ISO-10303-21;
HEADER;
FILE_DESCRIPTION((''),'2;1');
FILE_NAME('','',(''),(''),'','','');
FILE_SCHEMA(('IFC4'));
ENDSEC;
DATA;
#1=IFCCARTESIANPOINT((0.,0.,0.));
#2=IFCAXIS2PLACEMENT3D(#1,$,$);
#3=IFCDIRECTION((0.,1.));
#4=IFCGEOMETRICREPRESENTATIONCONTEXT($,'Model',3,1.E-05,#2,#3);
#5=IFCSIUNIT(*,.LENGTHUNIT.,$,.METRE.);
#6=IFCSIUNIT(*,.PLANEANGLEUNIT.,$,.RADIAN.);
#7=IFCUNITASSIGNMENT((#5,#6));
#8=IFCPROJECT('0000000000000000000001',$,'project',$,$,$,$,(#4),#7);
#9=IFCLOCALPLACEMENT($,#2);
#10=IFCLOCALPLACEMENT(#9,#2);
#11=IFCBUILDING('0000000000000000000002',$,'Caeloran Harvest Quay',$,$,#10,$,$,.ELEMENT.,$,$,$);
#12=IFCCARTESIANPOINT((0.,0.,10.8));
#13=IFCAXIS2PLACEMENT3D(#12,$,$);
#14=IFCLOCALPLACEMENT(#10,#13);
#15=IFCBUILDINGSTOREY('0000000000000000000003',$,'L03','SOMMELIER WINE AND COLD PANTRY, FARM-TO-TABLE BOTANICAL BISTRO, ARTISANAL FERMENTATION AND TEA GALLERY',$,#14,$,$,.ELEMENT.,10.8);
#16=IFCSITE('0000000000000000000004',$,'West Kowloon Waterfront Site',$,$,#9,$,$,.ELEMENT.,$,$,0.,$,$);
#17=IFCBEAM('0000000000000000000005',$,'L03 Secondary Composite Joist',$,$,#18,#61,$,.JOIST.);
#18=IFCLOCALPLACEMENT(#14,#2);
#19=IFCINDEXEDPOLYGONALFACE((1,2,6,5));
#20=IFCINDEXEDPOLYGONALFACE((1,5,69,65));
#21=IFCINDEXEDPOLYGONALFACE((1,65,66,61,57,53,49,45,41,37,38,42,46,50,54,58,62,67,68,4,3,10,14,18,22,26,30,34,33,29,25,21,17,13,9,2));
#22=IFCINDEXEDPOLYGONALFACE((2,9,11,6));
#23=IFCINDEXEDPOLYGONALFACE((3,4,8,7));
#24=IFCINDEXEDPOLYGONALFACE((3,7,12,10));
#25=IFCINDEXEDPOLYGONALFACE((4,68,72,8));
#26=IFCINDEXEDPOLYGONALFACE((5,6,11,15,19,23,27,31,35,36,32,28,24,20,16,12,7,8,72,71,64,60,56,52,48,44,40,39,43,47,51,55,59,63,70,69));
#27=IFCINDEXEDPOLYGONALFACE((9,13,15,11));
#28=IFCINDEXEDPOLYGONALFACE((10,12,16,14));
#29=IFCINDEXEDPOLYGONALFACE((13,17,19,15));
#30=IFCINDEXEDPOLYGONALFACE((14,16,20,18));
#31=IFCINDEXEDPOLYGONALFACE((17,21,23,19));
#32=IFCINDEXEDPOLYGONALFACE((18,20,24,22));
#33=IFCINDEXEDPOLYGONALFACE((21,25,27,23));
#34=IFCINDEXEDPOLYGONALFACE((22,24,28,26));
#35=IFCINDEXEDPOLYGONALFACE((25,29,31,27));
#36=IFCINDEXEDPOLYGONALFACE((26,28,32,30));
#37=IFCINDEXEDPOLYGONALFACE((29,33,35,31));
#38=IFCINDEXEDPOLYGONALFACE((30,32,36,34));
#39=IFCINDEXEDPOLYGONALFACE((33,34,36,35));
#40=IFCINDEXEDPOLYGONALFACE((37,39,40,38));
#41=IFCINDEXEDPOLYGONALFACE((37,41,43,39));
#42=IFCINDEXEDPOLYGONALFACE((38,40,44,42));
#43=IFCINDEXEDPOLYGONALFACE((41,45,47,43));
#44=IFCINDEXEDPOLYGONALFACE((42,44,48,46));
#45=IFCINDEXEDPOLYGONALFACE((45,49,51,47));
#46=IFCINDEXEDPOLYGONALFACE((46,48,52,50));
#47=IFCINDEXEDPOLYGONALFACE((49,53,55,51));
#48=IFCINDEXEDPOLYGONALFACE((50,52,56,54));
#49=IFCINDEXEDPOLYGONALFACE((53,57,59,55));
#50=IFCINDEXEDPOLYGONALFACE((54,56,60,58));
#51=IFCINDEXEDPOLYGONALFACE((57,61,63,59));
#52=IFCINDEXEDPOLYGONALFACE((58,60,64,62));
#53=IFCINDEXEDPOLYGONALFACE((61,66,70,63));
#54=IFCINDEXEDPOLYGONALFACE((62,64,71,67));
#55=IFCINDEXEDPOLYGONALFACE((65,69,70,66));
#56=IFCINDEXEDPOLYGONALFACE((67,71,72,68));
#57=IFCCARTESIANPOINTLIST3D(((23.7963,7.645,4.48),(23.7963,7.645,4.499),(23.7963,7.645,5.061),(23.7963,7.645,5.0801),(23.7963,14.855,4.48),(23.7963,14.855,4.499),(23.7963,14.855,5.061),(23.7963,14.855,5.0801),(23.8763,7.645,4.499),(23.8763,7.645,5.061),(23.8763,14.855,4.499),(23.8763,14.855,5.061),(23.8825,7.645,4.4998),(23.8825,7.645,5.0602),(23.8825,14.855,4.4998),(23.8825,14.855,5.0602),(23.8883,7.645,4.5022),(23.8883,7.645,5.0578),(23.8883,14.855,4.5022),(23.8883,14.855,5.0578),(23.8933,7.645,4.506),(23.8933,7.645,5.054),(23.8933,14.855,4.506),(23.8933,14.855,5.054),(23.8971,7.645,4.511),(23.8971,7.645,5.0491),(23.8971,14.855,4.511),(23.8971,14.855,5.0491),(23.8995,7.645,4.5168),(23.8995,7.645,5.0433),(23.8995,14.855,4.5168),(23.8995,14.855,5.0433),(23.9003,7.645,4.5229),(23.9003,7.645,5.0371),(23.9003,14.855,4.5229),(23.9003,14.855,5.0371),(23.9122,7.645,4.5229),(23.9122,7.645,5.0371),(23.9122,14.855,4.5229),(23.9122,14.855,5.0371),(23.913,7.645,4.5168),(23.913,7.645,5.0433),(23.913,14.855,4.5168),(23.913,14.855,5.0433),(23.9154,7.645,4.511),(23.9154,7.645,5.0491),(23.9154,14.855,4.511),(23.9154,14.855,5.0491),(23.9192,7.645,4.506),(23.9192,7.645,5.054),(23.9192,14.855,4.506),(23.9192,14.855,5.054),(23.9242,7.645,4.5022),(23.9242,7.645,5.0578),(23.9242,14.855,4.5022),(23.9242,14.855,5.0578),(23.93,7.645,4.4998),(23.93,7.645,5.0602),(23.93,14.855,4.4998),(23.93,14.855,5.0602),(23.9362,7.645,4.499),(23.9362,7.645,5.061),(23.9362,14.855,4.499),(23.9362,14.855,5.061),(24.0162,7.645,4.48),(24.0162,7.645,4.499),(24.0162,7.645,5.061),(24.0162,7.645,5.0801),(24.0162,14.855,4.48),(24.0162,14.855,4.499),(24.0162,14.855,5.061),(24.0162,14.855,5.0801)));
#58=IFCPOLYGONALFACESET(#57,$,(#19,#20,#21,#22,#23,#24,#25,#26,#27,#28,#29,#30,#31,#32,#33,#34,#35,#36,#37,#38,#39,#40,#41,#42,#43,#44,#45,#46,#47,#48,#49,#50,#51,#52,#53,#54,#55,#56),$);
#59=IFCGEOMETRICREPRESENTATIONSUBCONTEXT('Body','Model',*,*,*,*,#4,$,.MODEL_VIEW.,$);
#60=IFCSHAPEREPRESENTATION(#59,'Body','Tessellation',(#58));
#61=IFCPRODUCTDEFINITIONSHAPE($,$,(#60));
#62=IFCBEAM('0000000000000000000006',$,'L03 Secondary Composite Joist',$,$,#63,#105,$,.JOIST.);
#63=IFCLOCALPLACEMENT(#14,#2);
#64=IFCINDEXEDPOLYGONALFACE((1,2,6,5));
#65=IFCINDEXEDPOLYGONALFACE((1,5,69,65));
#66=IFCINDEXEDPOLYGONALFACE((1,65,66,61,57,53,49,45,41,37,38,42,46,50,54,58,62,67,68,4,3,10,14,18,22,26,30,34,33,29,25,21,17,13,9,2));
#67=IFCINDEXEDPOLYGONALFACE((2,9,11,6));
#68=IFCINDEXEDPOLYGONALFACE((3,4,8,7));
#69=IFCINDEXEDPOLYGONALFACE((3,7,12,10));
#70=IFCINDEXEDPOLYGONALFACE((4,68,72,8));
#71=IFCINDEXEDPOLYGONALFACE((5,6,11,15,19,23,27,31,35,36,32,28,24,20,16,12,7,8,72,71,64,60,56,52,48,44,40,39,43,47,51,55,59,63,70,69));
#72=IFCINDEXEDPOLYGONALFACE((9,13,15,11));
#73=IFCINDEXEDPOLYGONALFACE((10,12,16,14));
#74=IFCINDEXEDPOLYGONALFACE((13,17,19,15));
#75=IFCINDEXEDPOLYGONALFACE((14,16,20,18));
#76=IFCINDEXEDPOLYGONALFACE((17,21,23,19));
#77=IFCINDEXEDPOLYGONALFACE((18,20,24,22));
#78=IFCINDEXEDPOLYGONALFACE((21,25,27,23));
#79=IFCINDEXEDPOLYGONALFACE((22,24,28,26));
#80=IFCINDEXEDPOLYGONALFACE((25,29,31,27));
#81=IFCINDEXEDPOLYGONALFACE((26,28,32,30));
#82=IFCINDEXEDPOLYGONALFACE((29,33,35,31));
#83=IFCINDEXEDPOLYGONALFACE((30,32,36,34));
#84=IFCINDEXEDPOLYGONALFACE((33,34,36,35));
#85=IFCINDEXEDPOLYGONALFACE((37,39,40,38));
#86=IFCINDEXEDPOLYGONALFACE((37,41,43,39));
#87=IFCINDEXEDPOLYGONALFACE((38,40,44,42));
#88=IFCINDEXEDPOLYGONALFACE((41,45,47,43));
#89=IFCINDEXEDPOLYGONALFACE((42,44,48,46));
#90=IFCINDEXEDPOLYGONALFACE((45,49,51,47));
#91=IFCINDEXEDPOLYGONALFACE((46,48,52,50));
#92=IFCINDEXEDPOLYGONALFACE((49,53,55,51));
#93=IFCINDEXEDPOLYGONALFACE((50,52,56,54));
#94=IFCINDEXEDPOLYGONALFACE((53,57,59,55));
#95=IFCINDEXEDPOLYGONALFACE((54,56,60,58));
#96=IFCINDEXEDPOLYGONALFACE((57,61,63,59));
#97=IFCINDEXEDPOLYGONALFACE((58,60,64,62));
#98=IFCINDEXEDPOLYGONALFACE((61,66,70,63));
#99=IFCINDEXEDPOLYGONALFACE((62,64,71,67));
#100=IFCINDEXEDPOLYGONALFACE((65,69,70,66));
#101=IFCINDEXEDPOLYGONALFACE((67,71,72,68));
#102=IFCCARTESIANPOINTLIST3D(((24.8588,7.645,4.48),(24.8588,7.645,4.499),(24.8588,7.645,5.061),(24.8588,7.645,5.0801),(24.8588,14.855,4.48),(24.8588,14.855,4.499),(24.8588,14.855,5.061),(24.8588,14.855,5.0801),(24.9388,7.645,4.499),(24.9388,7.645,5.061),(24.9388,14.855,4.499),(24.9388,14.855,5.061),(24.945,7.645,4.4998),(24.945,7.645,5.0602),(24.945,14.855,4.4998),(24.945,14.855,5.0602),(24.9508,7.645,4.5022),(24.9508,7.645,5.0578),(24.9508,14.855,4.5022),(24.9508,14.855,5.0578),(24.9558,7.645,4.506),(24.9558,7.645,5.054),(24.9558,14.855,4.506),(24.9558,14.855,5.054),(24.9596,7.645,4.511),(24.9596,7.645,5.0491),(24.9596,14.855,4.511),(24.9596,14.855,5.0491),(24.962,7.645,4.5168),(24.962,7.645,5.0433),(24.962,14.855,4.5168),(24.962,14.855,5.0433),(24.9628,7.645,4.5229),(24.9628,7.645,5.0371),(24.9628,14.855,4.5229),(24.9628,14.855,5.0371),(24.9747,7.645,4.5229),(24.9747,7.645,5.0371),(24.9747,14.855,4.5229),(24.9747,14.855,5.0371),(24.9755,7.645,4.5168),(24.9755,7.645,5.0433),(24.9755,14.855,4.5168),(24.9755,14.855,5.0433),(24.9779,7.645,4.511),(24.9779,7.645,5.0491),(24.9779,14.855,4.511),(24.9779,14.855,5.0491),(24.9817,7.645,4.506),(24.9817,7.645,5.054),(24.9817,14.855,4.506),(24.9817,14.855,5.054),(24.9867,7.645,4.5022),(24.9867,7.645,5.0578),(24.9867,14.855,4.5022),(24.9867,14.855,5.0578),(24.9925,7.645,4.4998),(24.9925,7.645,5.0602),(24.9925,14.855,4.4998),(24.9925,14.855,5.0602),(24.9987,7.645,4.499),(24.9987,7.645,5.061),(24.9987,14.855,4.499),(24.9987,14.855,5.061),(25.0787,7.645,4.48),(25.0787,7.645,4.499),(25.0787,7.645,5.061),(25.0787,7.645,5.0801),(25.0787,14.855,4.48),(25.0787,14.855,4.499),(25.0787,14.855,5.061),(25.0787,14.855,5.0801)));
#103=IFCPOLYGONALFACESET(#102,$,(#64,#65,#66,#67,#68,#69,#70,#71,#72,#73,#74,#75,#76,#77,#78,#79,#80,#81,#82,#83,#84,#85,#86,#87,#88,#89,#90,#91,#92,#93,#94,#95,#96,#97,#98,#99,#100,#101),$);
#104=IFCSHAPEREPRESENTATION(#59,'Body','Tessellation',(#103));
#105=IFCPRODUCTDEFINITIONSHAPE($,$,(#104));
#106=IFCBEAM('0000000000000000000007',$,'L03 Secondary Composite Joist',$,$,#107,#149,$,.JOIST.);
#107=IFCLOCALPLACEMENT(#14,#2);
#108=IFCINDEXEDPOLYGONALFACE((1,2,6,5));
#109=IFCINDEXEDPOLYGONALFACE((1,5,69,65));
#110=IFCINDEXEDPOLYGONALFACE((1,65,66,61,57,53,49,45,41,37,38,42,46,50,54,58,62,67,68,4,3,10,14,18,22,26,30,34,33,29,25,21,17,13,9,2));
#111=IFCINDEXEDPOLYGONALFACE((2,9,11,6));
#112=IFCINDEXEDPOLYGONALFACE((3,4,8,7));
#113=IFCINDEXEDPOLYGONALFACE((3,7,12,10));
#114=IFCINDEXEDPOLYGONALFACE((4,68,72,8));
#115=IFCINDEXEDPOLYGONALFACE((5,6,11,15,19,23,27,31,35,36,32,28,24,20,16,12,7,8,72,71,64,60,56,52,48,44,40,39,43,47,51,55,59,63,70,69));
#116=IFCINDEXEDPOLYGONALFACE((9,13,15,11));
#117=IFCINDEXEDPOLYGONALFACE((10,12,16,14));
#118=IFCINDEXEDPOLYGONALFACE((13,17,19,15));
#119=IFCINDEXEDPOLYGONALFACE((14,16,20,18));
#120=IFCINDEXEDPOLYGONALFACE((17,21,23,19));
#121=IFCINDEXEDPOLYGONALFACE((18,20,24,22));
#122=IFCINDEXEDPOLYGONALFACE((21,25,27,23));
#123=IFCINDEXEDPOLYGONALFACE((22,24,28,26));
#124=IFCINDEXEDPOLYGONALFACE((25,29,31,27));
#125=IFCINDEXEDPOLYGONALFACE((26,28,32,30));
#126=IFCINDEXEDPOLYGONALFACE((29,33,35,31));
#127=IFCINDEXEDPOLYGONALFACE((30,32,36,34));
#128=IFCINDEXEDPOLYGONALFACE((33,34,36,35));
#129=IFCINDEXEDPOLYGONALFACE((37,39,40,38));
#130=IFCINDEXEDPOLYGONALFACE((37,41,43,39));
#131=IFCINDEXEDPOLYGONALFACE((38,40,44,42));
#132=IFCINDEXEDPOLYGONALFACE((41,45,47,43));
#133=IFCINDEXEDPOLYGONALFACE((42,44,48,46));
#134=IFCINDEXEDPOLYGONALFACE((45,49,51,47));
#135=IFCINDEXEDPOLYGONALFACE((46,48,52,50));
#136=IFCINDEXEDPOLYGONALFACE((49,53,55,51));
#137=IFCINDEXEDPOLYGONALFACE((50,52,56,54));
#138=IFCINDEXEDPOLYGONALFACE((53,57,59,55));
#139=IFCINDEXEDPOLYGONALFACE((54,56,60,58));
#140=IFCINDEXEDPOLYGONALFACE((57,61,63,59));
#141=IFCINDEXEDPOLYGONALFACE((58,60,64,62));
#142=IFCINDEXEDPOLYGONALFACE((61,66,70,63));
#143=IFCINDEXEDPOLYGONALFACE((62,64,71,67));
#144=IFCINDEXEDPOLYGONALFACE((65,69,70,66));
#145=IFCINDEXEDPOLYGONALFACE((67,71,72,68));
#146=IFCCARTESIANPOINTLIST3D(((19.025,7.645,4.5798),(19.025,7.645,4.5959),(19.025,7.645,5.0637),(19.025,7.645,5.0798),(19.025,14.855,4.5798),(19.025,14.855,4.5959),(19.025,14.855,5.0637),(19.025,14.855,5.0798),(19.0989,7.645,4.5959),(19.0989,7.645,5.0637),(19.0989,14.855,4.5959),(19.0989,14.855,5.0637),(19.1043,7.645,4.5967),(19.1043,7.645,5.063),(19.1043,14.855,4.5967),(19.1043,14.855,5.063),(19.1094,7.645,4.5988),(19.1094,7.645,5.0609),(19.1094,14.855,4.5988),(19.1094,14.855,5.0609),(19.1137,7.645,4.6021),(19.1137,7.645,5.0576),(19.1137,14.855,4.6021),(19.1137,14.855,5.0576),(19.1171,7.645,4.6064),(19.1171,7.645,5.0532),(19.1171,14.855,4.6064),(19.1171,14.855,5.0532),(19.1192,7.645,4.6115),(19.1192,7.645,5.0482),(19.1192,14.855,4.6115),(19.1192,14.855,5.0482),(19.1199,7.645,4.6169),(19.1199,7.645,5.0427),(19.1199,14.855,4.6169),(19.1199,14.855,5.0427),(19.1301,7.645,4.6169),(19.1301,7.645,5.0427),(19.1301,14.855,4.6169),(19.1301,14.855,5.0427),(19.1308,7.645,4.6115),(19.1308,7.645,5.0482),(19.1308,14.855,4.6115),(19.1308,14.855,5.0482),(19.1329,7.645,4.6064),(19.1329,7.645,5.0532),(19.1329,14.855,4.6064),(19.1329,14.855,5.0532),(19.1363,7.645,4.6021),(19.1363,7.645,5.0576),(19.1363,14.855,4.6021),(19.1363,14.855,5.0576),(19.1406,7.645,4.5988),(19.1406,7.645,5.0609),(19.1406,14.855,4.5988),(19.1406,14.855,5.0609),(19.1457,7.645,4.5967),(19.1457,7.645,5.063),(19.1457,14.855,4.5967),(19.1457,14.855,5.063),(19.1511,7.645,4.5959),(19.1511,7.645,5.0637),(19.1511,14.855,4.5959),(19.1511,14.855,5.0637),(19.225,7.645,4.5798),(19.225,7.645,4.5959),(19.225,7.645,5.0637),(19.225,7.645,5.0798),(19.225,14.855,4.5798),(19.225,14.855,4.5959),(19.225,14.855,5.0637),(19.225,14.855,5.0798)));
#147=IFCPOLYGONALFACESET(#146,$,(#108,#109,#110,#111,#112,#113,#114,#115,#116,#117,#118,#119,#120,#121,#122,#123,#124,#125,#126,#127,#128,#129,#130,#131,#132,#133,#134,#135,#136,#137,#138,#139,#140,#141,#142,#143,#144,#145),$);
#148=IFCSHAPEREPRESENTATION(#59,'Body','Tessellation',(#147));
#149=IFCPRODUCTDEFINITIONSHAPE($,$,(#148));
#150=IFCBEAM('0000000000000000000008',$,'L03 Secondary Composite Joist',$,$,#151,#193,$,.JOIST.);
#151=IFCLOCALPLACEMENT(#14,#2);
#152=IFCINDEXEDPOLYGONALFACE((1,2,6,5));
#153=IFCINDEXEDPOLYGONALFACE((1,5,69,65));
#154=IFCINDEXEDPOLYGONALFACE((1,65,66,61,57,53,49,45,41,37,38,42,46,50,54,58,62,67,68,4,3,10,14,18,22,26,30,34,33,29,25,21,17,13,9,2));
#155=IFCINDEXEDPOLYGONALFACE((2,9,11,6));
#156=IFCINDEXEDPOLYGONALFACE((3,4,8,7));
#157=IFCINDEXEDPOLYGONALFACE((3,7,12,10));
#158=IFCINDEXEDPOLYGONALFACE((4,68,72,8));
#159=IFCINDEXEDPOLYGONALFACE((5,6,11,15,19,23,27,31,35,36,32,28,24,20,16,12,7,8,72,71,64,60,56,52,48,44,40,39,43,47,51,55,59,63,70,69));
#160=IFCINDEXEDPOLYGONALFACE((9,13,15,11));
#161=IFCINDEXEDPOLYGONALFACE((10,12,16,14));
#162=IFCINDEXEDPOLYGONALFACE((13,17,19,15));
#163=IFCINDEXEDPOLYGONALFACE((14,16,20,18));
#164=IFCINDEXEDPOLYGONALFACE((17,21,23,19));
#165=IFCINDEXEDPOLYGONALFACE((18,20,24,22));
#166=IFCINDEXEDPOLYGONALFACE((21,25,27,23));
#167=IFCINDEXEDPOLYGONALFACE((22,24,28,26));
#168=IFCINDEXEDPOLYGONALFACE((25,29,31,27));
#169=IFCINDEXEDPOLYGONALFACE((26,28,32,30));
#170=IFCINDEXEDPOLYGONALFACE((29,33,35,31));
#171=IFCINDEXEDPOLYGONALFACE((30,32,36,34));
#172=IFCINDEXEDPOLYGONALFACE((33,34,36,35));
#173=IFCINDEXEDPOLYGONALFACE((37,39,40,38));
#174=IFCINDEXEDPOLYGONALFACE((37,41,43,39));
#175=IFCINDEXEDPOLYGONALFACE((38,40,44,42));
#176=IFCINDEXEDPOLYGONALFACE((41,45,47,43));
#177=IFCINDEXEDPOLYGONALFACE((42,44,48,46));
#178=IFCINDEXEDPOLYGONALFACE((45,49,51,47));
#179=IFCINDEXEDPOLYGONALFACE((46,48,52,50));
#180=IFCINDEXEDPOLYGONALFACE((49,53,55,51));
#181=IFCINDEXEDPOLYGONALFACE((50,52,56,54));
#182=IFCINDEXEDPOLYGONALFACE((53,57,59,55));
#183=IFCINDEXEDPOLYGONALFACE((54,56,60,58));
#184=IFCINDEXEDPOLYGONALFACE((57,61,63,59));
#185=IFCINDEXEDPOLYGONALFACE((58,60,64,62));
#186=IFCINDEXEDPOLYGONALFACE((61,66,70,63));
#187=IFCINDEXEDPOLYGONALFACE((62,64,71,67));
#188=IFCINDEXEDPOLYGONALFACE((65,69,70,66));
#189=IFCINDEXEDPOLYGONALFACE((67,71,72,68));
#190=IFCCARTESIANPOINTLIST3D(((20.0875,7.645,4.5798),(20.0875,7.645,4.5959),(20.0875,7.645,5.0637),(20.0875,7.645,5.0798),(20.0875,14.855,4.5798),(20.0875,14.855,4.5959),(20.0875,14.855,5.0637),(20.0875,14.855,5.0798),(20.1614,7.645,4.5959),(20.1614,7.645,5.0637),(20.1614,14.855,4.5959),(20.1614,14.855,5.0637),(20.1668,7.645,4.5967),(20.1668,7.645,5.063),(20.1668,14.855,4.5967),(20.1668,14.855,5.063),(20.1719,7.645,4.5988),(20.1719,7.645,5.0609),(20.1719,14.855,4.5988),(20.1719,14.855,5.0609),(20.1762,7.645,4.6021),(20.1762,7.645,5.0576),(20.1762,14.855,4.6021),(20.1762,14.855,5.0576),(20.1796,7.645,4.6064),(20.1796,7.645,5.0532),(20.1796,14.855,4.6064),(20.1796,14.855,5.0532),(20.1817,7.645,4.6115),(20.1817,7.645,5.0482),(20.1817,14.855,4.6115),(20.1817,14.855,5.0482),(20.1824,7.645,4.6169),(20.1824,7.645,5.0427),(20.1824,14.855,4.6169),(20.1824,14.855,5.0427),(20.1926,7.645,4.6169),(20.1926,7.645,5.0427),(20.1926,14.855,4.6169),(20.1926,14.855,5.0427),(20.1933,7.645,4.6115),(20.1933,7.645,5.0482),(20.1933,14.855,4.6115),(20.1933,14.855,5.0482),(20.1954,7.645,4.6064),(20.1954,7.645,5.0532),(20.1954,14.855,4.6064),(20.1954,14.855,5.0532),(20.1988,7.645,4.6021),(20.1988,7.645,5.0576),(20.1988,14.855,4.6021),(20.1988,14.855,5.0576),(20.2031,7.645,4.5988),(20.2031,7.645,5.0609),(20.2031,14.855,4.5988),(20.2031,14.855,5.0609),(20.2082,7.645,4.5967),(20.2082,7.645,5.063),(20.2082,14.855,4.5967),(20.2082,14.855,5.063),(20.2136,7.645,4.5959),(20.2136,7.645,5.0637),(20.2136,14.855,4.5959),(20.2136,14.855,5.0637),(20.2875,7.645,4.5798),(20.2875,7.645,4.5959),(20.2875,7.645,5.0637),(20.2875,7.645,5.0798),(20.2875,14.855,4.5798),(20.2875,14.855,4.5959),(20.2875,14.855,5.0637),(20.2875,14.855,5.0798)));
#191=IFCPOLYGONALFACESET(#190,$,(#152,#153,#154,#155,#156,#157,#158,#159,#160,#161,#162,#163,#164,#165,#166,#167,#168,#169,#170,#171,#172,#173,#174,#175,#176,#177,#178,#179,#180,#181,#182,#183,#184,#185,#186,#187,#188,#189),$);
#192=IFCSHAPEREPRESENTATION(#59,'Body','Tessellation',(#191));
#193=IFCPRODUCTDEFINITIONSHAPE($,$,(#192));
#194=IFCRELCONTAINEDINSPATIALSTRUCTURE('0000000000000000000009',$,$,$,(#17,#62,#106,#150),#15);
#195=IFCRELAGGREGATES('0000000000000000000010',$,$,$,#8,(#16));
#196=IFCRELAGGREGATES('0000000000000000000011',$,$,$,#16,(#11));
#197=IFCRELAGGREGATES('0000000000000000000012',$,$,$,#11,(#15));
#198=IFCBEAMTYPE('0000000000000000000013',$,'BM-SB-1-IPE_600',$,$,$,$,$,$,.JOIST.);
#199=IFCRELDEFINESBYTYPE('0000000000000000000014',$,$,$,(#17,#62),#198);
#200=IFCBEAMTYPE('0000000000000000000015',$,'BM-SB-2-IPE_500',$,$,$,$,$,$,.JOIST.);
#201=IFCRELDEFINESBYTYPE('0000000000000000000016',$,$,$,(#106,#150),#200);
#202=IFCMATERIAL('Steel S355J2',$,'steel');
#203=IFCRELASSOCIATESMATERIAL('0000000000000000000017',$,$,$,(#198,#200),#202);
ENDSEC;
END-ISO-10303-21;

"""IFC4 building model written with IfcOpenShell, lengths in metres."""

from ifc_helpers import new_model, si_unit, direction, frame, origin, origin_2d, place, context, subcontext, project, spatial, i_section, extrude, material, material_profile, profile_set, type_object, element, save


model = new_model("IFC4")

# Units and contexts
model_context = context("Model", 3, precision=1e-05, world=origin(), true_north=direction((0.0, 1.0)))
body_context = subcontext(model_context, "Body", "Model", "MODEL_VIEW")
ifc_project = project(units=[si_unit("LENGTHUNIT", "METRE"), si_unit("PLANEANGLEUNIT", "RADIAN")], contexts=[model_context])

# Site, building, storey
site_placement = place(None, origin())
site = spatial("IfcSite", under=ifc_project, at=site_placement, Name="West Kowloon Waterfront Site", CompositionType="ELEMENT", RefElevation=0.0)
building_placement = place(site_placement, origin())
building = spatial("IfcBuilding", under=site, at=building_placement, Name="Caeloran Harvest Quay", CompositionType="ELEMENT")
storey_placement = place(building_placement, frame((0.0, 0.0, 10.8)))
storey = spatial("IfcBuildingStorey", under=building, at=storey_placement, Name="L03", Description="SOMMELIER WINE AND COLD PANTRY, FARM-TO-TABLE BOTANICAL BISTRO, ARTISANAL FERMENTATION AND TEA GALLERY", CompositionType="ELEMENT", Elevation=10.8)

# Beams
ifc_material_1 = material(Name="Steel S355J2", Category="steel")
ifc_material_profile_1 = material_profile(ifc_material_1, i_section(OverallWidth=0.22, OverallDepth=0.6001, WebThickness=0.012, FlangeThickness=0.019, FilletRadius=0.0239, at=origin_2d()), Name="IPE 600")
ifc_profile_set_1 = profile_set([ifc_material_profile_1], Name="Steel S355J2")
beam_type_1 = type_object("IfcBeamType", Name="BM-SB-1-IPE_600", PredefinedType="JOIST", material=ifc_profile_set_1)
for number, where, z_axis, x_axis, name in (
    (1, (23.9062, 7.645, 4.78), (0.0, 1.0, 0.0), (-1.0, 0.0, 0.0), "L03 Secondary Composite Joist"),
    (2, (24.9688, 7.645, 4.78), (0.0, 1.0, 0.0), (-1.0, 0.0, 0.0), "L03 Secondary Composite Joist"),
):
    element("IfcBeam", number, at=place(storey_placement, frame(where, z_axis=z_axis, x_axis=x_axis)), inside=storey, type_object=beam_type_1, Name=name, PredefinedType="JOIST", context=body_context, shape_type="SweptSolid", body=[
        extrude(i_section(OverallWidth=0.22, OverallDepth=0.6001, WebThickness=0.012, FlangeThickness=0.019, FilletRadius=0.0239, at=origin_2d()), origin(), (0.0, 0.0, 1.0), 7.21),
    ])
ifc_material_profile_2 = material_profile(ifc_material_1, i_section(OverallWidth=0.2, OverallDepth=0.5, WebThickness=0.0103, FlangeThickness=0.0161, FilletRadius=0.021, at=origin_2d()), Name="IPE 500")
ifc_profile_set_2 = profile_set([ifc_material_profile_2], Name="Steel S355J2")
beam_type_2 = type_object("IfcBeamType", Name="BM-SB-2-IPE_500", PredefinedType="JOIST", material=ifc_profile_set_2)
for number, where, z_axis, x_axis, name in (
    (3, (19.125, 7.645, 4.8298), (0.0, 1.0, 0.0), (-1.0, 0.0, 0.0), "L03 Secondary Composite Joist"),
    (4, (20.1875, 7.645, 4.8298), (0.0, 1.0, 0.0), (-1.0, 0.0, 0.0), "L03 Secondary Composite Joist"),
):
    element("IfcBeam", number, at=place(storey_placement, frame(where, z_axis=z_axis, x_axis=x_axis)), inside=storey, type_object=beam_type_2, Name=name, PredefinedType="JOIST", context=body_context, shape_type="SweptSolid", body=[
        extrude(i_section(OverallWidth=0.2, OverallDepth=0.5, WebThickness=0.0103, FlangeThickness=0.0161, FilletRadius=0.021, at=origin_2d()), origin(), (0.0, 0.0, 1.0), 7.21),
    ])

save(model, "model.ifc")
